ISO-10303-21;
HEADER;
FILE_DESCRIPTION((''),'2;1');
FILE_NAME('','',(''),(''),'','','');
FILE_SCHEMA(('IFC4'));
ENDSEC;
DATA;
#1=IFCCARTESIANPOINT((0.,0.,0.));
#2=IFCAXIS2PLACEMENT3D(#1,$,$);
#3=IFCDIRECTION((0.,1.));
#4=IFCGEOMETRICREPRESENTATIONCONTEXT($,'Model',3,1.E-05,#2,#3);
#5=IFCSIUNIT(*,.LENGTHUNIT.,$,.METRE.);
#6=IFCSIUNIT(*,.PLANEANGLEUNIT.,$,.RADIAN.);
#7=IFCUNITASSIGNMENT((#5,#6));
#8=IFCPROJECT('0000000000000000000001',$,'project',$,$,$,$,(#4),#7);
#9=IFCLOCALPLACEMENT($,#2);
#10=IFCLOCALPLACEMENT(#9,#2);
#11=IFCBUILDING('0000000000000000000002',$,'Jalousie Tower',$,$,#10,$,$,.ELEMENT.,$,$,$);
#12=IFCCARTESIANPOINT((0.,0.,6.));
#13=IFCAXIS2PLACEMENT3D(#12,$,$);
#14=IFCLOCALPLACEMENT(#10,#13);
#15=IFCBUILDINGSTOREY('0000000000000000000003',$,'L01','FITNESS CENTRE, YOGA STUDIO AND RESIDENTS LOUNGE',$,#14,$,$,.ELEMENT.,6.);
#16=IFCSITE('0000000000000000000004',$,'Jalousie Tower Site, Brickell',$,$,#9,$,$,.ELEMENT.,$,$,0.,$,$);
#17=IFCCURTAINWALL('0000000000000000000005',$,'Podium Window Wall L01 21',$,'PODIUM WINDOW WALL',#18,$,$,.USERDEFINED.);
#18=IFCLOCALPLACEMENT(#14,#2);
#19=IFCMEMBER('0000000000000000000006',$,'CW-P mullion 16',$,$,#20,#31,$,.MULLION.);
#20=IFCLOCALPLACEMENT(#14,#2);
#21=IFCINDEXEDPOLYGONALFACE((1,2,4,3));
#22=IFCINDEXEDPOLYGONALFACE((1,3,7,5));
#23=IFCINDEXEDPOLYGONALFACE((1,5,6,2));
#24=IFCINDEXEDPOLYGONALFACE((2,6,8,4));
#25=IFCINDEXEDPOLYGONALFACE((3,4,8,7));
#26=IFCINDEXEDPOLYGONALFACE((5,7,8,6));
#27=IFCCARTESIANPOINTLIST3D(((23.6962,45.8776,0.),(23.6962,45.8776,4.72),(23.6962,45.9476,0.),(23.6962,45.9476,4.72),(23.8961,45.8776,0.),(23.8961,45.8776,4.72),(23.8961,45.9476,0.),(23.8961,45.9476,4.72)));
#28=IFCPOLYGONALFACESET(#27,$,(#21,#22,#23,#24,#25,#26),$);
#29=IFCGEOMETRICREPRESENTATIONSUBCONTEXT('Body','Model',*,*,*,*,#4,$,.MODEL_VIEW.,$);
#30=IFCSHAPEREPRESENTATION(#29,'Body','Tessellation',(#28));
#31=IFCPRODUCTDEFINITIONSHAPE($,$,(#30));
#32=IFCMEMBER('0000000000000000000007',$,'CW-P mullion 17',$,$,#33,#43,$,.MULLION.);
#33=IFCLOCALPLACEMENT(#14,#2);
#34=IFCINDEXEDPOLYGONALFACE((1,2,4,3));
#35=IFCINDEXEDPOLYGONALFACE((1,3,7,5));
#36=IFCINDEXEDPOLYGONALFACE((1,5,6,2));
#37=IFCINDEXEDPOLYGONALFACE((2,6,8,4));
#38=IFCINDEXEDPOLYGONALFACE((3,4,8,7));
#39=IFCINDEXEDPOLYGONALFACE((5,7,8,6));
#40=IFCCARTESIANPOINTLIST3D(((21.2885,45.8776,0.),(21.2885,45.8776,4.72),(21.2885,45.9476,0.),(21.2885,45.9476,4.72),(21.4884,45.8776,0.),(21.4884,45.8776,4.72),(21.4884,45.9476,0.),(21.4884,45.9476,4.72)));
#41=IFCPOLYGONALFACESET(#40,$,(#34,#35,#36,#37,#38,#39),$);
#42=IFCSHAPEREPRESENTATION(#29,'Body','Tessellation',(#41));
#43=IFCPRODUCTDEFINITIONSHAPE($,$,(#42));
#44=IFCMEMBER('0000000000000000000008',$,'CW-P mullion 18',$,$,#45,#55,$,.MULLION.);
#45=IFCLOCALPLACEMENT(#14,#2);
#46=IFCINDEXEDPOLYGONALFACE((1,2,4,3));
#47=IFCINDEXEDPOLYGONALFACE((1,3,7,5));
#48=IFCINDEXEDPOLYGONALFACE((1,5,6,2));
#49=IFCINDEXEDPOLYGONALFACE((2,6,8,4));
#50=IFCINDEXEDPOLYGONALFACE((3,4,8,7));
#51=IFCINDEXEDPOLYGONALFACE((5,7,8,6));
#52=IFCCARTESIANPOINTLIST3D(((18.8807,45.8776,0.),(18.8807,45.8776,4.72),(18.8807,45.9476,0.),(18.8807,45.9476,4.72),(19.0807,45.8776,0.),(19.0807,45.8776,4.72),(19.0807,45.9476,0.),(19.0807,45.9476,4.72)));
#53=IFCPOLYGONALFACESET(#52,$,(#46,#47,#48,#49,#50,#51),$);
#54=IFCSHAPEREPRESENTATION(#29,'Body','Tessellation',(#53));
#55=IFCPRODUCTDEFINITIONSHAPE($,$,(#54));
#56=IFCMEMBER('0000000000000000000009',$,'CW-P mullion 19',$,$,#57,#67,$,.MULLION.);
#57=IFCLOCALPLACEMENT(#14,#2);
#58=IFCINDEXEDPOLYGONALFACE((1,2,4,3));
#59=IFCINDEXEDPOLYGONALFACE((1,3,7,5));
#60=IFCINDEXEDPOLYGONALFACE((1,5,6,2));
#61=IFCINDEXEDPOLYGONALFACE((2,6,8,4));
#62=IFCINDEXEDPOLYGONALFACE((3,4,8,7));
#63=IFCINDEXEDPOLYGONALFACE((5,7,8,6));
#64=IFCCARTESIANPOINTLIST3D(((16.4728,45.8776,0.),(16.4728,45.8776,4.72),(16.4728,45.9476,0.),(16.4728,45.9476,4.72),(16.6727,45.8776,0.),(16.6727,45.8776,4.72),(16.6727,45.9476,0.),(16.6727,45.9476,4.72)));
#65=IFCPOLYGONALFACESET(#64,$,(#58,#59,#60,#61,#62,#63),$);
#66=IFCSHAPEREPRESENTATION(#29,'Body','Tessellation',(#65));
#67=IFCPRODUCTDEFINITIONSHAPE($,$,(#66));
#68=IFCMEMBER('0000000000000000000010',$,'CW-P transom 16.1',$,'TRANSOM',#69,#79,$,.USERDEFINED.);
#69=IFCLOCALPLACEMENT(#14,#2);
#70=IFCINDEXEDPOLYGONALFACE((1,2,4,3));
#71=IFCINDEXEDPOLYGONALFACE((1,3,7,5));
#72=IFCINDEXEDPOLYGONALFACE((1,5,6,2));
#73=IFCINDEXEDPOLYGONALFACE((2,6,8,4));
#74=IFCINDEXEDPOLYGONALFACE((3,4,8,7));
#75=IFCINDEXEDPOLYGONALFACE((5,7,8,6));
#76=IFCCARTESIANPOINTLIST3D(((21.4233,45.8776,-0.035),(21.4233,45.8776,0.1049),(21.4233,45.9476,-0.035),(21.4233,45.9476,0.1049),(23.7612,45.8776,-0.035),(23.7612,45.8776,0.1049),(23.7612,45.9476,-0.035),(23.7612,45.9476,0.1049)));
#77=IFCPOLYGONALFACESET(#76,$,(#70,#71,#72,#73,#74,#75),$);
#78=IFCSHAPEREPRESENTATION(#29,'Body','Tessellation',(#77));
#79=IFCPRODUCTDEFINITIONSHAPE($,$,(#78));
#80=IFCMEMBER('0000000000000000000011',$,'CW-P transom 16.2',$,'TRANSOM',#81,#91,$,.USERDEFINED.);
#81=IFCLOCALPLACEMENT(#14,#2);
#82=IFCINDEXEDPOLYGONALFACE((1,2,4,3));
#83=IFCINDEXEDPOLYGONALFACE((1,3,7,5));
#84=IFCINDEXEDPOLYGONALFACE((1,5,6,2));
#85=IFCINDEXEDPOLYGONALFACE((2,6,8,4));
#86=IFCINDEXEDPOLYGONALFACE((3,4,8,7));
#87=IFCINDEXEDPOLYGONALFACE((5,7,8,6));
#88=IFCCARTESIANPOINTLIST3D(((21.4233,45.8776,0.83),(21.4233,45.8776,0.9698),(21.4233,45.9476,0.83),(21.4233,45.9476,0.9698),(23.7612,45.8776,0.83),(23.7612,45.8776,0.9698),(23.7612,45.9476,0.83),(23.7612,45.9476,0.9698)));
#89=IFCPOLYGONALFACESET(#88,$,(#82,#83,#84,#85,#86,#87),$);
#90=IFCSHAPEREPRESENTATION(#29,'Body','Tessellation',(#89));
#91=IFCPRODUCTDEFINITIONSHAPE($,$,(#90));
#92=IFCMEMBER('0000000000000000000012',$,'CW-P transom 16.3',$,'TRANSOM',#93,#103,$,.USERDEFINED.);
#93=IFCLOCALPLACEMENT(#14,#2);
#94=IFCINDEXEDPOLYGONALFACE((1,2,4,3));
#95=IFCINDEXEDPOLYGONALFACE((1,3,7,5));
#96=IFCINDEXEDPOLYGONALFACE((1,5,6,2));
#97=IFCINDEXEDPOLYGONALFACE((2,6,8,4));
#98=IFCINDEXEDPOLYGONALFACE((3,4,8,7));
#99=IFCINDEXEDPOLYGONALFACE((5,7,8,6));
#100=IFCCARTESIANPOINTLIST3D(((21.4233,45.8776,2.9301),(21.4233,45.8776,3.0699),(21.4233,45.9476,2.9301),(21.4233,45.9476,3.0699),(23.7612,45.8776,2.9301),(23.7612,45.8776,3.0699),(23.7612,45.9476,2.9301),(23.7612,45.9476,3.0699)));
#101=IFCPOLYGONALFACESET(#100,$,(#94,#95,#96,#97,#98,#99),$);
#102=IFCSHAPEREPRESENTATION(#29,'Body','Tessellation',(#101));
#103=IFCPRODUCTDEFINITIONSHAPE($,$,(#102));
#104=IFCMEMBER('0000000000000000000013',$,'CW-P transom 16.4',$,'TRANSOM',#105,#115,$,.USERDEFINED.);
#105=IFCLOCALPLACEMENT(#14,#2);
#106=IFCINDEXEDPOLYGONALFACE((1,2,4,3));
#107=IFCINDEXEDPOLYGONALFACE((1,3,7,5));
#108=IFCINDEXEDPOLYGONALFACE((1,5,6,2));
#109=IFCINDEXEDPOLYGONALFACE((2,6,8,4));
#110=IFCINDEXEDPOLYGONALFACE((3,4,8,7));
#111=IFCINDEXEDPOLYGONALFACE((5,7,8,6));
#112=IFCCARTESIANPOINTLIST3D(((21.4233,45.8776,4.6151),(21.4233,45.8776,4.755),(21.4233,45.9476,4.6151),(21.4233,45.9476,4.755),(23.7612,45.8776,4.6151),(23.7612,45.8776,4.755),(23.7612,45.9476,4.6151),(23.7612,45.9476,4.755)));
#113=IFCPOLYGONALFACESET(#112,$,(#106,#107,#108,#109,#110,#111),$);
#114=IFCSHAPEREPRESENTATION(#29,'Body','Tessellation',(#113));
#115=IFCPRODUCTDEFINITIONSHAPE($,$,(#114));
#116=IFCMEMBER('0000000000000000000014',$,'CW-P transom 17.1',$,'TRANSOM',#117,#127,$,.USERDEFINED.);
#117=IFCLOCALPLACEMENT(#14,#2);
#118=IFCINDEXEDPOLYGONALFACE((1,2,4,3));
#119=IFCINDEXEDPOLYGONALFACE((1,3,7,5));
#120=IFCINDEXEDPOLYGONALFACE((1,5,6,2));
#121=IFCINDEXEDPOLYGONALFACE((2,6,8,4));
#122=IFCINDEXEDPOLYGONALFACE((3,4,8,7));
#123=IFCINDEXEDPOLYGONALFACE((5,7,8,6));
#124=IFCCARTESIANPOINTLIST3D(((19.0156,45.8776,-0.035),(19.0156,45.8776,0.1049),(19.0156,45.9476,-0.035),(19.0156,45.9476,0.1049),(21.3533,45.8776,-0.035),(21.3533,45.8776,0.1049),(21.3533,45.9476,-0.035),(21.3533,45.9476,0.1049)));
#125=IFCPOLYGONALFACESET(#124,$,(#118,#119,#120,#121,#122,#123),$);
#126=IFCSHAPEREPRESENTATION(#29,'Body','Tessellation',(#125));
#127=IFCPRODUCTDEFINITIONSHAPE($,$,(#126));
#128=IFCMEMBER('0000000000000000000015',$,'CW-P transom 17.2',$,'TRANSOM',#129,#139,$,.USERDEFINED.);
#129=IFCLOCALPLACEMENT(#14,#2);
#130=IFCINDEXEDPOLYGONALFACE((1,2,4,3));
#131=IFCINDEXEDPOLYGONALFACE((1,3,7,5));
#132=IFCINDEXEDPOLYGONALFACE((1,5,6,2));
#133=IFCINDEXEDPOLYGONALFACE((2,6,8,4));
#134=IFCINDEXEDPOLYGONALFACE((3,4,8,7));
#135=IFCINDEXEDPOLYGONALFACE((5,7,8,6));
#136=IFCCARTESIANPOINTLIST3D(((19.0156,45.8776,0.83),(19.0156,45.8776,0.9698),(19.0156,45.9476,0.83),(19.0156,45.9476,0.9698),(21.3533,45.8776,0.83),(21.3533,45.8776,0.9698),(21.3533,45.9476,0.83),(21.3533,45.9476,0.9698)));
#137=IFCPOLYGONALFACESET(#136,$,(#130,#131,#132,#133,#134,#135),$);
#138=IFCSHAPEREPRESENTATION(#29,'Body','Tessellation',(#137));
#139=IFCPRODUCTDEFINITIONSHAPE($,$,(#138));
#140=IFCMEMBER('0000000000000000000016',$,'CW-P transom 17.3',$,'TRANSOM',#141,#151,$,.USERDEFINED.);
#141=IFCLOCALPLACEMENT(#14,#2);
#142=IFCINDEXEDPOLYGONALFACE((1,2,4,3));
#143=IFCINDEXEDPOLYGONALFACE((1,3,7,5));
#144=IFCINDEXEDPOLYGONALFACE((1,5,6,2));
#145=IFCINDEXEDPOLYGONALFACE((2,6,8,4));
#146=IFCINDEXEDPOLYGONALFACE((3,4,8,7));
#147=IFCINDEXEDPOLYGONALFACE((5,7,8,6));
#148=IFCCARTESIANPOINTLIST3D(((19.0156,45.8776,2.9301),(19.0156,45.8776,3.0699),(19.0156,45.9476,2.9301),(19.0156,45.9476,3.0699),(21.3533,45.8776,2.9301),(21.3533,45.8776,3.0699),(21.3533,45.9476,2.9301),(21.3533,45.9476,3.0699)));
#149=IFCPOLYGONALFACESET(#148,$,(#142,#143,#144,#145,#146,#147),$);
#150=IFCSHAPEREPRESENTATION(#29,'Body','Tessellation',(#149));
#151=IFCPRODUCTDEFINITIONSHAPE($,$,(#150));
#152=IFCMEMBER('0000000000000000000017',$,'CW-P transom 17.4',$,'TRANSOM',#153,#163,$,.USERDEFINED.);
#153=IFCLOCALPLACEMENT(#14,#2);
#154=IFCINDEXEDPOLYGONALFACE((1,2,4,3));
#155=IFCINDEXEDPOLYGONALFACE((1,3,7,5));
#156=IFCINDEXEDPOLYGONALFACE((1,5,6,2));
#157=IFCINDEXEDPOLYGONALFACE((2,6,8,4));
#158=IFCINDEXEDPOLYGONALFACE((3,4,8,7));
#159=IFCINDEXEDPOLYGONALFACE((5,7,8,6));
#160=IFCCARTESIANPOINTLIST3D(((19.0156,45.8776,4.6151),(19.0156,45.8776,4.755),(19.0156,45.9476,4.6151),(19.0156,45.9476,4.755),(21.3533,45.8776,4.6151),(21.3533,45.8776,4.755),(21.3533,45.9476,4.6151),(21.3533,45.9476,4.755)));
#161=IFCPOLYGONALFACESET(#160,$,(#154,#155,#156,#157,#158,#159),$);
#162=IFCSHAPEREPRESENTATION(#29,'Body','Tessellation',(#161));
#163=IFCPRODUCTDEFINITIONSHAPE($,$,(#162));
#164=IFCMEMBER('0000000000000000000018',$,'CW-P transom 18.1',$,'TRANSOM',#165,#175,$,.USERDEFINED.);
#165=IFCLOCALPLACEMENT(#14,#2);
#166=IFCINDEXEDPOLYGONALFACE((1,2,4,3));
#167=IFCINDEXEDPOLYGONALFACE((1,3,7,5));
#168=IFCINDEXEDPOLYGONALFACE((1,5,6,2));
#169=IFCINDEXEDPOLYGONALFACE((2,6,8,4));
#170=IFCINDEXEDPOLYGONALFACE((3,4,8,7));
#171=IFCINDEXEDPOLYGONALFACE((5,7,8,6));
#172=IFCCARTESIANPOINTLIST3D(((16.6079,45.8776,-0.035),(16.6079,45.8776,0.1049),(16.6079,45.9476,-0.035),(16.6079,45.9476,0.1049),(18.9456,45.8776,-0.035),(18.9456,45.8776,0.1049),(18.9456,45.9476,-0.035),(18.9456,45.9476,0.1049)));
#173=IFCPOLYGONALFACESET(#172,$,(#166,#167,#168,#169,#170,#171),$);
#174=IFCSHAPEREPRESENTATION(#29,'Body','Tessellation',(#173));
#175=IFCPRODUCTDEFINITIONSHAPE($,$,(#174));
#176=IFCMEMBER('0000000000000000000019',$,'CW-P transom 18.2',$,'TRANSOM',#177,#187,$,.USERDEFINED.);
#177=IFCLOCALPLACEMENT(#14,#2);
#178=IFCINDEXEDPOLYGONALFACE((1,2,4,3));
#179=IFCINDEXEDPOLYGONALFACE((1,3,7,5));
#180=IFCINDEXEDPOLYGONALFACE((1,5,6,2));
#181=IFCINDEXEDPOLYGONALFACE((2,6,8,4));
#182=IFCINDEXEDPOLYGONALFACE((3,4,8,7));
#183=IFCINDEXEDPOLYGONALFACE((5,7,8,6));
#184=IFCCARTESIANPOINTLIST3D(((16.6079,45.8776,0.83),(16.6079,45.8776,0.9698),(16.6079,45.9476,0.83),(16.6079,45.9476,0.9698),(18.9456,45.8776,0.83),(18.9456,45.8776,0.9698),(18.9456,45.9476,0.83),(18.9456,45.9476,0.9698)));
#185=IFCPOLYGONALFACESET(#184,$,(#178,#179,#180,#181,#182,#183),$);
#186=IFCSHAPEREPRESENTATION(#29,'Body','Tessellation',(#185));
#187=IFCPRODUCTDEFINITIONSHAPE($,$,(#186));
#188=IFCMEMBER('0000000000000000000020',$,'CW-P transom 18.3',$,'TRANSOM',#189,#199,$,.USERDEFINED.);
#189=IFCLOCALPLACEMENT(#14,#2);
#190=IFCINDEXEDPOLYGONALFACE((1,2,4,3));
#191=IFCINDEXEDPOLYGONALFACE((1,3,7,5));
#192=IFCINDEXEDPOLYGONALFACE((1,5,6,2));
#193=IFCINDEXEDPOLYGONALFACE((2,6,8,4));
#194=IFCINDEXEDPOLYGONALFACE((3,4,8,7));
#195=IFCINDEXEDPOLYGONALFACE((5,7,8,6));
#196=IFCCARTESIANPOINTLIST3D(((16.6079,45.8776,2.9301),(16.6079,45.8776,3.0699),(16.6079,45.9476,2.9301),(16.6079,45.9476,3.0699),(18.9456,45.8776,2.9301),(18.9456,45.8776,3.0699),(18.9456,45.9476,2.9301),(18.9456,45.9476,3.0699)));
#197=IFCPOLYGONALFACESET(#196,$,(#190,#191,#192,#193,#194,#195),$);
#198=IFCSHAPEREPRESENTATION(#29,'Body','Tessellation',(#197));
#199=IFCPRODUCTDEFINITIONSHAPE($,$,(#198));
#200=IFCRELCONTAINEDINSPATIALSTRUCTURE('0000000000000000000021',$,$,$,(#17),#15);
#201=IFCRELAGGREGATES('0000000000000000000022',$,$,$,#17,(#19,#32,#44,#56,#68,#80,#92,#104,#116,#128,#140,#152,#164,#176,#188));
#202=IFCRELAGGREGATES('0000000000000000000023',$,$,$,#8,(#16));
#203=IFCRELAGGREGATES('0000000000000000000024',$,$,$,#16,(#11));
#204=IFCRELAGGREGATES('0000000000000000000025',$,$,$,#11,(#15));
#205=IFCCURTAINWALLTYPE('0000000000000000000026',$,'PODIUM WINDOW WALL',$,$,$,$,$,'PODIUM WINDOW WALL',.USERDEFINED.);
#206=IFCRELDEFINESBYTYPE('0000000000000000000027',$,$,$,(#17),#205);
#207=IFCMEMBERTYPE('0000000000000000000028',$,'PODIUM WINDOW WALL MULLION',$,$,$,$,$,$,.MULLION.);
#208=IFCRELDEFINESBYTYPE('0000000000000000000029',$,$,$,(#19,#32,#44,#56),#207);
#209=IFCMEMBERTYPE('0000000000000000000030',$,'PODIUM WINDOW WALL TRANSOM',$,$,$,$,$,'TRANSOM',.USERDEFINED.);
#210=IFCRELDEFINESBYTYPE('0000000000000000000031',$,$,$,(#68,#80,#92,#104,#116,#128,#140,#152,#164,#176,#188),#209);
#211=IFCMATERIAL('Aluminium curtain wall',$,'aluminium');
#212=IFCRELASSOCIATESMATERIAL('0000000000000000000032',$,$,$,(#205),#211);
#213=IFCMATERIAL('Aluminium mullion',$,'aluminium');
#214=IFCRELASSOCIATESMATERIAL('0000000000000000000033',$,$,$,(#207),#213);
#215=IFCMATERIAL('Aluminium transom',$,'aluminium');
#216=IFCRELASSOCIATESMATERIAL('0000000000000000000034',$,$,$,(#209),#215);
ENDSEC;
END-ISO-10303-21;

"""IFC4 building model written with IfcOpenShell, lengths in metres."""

from ifc_helpers import new_model, si_unit, direction, frame, origin, origin_2d, place, context, subcontext, project, spatial, rectangle, extrude, material, material_profile, profile_set, type_object, element, aggregate, save


model = new_model("IFC4")

# Units and contexts
model_context = context("Model", 3, precision=1e-05, world=origin(), true_north=direction((0.0, 1.0)))
body_context = subcontext(model_context, "Body", "Model", "MODEL_VIEW")
ifc_project = project(units=[si_unit("LENGTHUNIT", "METRE"), si_unit("PLANEANGLEUNIT", "RADIAN")], contexts=[model_context])

# Site, building, storey
site_placement = place(None, origin())
site = spatial("IfcSite", under=ifc_project, at=site_placement, Name="Jalousie Tower Site, Brickell", CompositionType="ELEMENT", RefElevation=0.0)
building_placement = place(site_placement, origin())
building = spatial("IfcBuilding", under=site, at=building_placement, Name="Jalousie Tower", CompositionType="ELEMENT")
storey_placement = place(building_placement, frame((0.0, 0.0, 6.0)))
storey = spatial("IfcBuildingStorey", under=building, at=storey_placement, Name="L01", Description="FITNESS CENTRE, YOGA STUDIO AND RESIDENTS LOUNGE", CompositionType="ELEMENT", Elevation=6.0)

# Curtain wall, members
ifc_material_1 = material(Name="Aluminium curtain wall", Category="aluminium")
curtain_wall_type = type_object("IfcCurtainWallType", Name="PODIUM WINDOW WALL", ElementType="PODIUM WINDOW WALL", PredefinedType="USERDEFINED", material=ifc_material_1)
curtain_wall_placement = place(storey_placement, origin())
curtain_wall = element("IfcCurtainWall", 1, at=curtain_wall_placement, inside=storey, type_object=curtain_wall_type, Name="Podium Window Wall L01 21", ObjectType="PODIUM WINDOW WALL", PredefinedType="USERDEFINED")
ifc_material_2 = material(Name="Aluminium mullion", Category="aluminium")
ifc_material_profile_1 = material_profile(ifc_material_2, rectangle(XDim=0.0701, YDim=0.2, at=origin_2d()), Name="MULLION 70x200")
ifc_profile_set_1 = profile_set([ifc_material_profile_1], Name="Aluminium mullion")
member_type_1 = type_object("IfcMemberType", Name="PODIUM WINDOW WALL MULLION", PredefinedType="MULLION", material=ifc_profile_set_1)
member_1_placement = place(storey_placement, frame((23.7961, 45.9126, 0.0), z_axis=(0.0, 0.0, 1.0), x_axis=(0.0, -1.0, 0.0)))
member_1 = element("IfcMember", 2, at=member_1_placement, type_object=member_type_1, Name="CW-P mullion 16", PredefinedType="MULLION", context=body_context, shape_type="SweptSolid", body=[
    extrude(rectangle(XDim=0.0701, YDim=0.2, at=origin_2d()), origin(), (0.0, 0.0, 1.0), 4.72),
])
member_2_placement = place(storey_placement, frame((21.3884, 45.9126, 0.0), z_axis=(0.0, 0.0, 1.0), x_axis=(0.0, -1.0, 0.0)))
member_2 = element("IfcMember", 3, at=member_2_placement, type_object=member_type_1, Name="CW-P mullion 17", PredefinedType="MULLION", context=body_context, shape_type="SweptSolid", body=[
    extrude(rectangle(XDim=0.0701, YDim=0.2, at=origin_2d()), origin(), (0.0, 0.0, 1.0), 4.72),
])
member_3_placement = place(storey_placement, frame((18.9807, 45.9126, 0.0), z_axis=(0.0, 0.0, 1.0), x_axis=(0.0, -1.0, 0.0)))
member_3 = element("IfcMember", 4, at=member_3_placement, type_object=member_type_1, Name="CW-P mullion 18", PredefinedType="MULLION", context=body_context, shape_type="SweptSolid", body=[
    extrude(rectangle(XDim=0.0701, YDim=0.2, at=origin_2d()), origin(), (0.0, 0.0, 1.0), 4.72),
])
member_4_placement = place(storey_placement, frame((16.5728, 45.9126, 0.0), z_axis=(0.0, 0.0, 1.0), x_axis=(0.0, -1.0, 0.0)))
member_4 = element("IfcMember", 5, at=member_4_placement, type_object=member_type_1, Name="CW-P mullion 19", PredefinedType="MULLION", context=body_context, shape_type="SweptSolid", body=[
    extrude(rectangle(XDim=0.0701, YDim=0.2, at=origin_2d()), origin(), (0.0, 0.0, 1.0), 4.72),
])
ifc_material_3 = material(Name="Aluminium transom", Category="aluminium")
ifc_material_profile_2 = material_profile(ifc_material_3, rectangle(XDim=0.0701, YDim=0.1399, at=origin_2d()), Name="TRANSOM 70x140")
ifc_profile_set_2 = profile_set([ifc_material_profile_2], Name="Aluminium transom")
member_type_2 = type_object("IfcMemberType", Name="PODIUM WINDOW WALL TRANSOM", ElementType="TRANSOM", PredefinedType="USERDEFINED", material=ifc_profile_set_2)
member_5_placement = place(storey_placement, frame((23.7612, 45.9126, 0.0349), z_axis=(-1.0, 0.0, 0.0), x_axis=(0.0, -1.0, 0.0)))
member_5 = element("IfcMember", 6, at=member_5_placement, type_object=member_type_2, Name="CW-P transom 16.1", ObjectType="TRANSOM", PredefinedType="USERDEFINED", context=body_context, shape_type="SweptSolid", body=[
    extrude(rectangle(XDim=0.0701, YDim=0.1399, at=origin_2d()), origin(), (0.0, 0.0, 1.0), 2.3379),
])
member_6_placement = place(storey_placement, frame((23.7612, 45.9126, 0.8999), z_axis=(-1.0, 0.0, 0.0), x_axis=(0.0, -1.0, 0.0)))
member_6 = element("IfcMember", 7, at=member_6_placement, type_object=member_type_2, Name="CW-P transom 16.2", ObjectType="TRANSOM", PredefinedType="USERDEFINED", context=body_context, shape_type="SweptSolid", body=[
    extrude(rectangle(XDim=0.0701, YDim=0.1399, at=origin_2d()), origin(), (0.0, 0.0, 1.0), 2.3379),
])
member_7_placement = place(storey_placement, frame((23.7612, 45.9126, 3.0), z_axis=(-1.0, 0.0, 0.0), x_axis=(0.0, -1.0, 0.0)))
member_7 = element("IfcMember", 8, at=member_7_placement, type_object=member_type_2, Name="CW-P transom 16.3", ObjectType="TRANSOM", PredefinedType="USERDEFINED", context=body_context, shape_type="SweptSolid", body=[
    extrude(rectangle(XDim=0.0701, YDim=0.1399, at=origin_2d()), origin(), (0.0, 0.0, 1.0), 2.3379),
])
member_8_placement = place(storey_placement, frame((23.7612, 45.9126, 4.6851), z_axis=(-1.0, 0.0, 0.0), x_axis=(0.0, -1.0, 0.0)))
member_8 = element("IfcMember", 9, at=member_8_placement, type_object=member_type_2, Name="CW-P transom 16.4", ObjectType="TRANSOM", PredefinedType="USERDEFINED", context=body_context, shape_type="SweptSolid", body=[
    extrude(rectangle(XDim=0.0701, YDim=0.1399, at=origin_2d()), origin(), (0.0, 0.0, 1.0), 2.3379),
])
member_9_placement = place(storey_placement, frame((21.3533, 45.9126, 0.0349), z_axis=(-1.0, 0.0, 0.0), x_axis=(0.0, -1.0, 0.0)))
member_9 = element("IfcMember", 10, at=member_9_placement, type_object=member_type_2, Name="CW-P transom 17.1", ObjectType="TRANSOM", PredefinedType="USERDEFINED", context=body_context, shape_type="SweptSolid", body=[
    extrude(rectangle(XDim=0.0701, YDim=0.1399, at=origin_2d()), origin(), (0.0, 0.0, 1.0), 2.3376),
])
member_10_placement = place(storey_placement, frame((21.3533, 45.9126, 0.8999), z_axis=(-1.0, 0.0, 0.0), x_axis=(0.0, -1.0, 0.0)))
member_10 = element("IfcMember", 11, at=member_10_placement, type_object=member_type_2, Name="CW-P transom 17.2", ObjectType="TRANSOM", PredefinedType="USERDEFINED", context=body_context, shape_type="SweptSolid", body=[
    extrude(rectangle(XDim=0.0701, YDim=0.1399, at=origin_2d()), origin(), (0.0, 0.0, 1.0), 2.3376),
])
member_11_placement = place(storey_placement, frame((21.3533, 45.9126, 3.0), z_axis=(-1.0, 0.0, 0.0), x_axis=(0.0, -1.0, 0.0)))
member_11 = element("IfcMember", 12, at=member_11_placement, type_object=member_type_2, Name="CW-P transom 17.3", ObjectType="TRANSOM", PredefinedType="USERDEFINED", context=body_context, shape_type="SweptSolid", body=[
    extrude(rectangle(XDim=0.0701, YDim=0.1399, at=origin_2d()), origin(), (0.0, 0.0, 1.0), 2.3376),
])
member_12_placement = place(storey_placement, frame((21.3533, 45.9126, 4.6851), z_axis=(-1.0, 0.0, 0.0), x_axis=(0.0, -1.0, 0.0)))
member_12 = element("IfcMember", 13, at=member_12_placement, type_object=member_type_2, Name="CW-P transom 17.4", ObjectType="TRANSOM", PredefinedType="USERDEFINED", context=body_context, shape_type="SweptSolid", body=[
    extrude(rectangle(XDim=0.0701, YDim=0.1399, at=origin_2d()), origin(), (0.0, 0.0, 1.0), 2.3376),
])
member_13_placement = place(storey_placement, frame((18.9456, 45.9126, 0.0349), z_axis=(-1.0, 0.0, 0.0), x_axis=(0.0, -1.0, 0.0)))
member_13 = element("IfcMember", 14, at=member_13_placement, type_object=member_type_2, Name="CW-P transom 18.1", ObjectType="TRANSOM", PredefinedType="USERDEFINED", context=body_context, shape_type="SweptSolid", body=[
    extrude(rectangle(XDim=0.0701, YDim=0.1399, at=origin_2d()), origin(), (0.0, 0.0, 1.0), 2.3376),
])
member_14_placement = place(storey_placement, frame((18.9456, 45.9126, 0.8999), z_axis=(-1.0, 0.0, 0.0), x_axis=(0.0, -1.0, 0.0)))
member_14 = element("IfcMember", 15, at=member_14_placement, type_object=member_type_2, Name="CW-P transom 18.2", ObjectType="TRANSOM", PredefinedType="USERDEFINED", context=body_context, shape_type="SweptSolid", body=[
    extrude(rectangle(XDim=0.0701, YDim=0.1399, at=origin_2d()), origin(), (0.0, 0.0, 1.0), 2.3376),
])
member_15_placement = place(storey_placement, frame((18.9456, 45.9126, 3.0), z_axis=(-1.0, 0.0, 0.0), x_axis=(0.0, -1.0, 0.0)))
member_15 = element("IfcMember", 16, at=member_15_placement, type_object=member_type_2, Name="CW-P transom 18.3", ObjectType="TRANSOM", PredefinedType="USERDEFINED", context=body_context, shape_type="SweptSolid", body=[
    extrude(rectangle(XDim=0.0701, YDim=0.1399, at=origin_2d()), origin(), (0.0, 0.0, 1.0), 2.3376),
])
aggregate(curtain_wall, [member_1, member_2, member_3, member_4, member_5, member_6, member_7, member_8, member_9, member_10, member_11, member_12, member_13, member_14, member_15])

save(model, "model.ifc")
